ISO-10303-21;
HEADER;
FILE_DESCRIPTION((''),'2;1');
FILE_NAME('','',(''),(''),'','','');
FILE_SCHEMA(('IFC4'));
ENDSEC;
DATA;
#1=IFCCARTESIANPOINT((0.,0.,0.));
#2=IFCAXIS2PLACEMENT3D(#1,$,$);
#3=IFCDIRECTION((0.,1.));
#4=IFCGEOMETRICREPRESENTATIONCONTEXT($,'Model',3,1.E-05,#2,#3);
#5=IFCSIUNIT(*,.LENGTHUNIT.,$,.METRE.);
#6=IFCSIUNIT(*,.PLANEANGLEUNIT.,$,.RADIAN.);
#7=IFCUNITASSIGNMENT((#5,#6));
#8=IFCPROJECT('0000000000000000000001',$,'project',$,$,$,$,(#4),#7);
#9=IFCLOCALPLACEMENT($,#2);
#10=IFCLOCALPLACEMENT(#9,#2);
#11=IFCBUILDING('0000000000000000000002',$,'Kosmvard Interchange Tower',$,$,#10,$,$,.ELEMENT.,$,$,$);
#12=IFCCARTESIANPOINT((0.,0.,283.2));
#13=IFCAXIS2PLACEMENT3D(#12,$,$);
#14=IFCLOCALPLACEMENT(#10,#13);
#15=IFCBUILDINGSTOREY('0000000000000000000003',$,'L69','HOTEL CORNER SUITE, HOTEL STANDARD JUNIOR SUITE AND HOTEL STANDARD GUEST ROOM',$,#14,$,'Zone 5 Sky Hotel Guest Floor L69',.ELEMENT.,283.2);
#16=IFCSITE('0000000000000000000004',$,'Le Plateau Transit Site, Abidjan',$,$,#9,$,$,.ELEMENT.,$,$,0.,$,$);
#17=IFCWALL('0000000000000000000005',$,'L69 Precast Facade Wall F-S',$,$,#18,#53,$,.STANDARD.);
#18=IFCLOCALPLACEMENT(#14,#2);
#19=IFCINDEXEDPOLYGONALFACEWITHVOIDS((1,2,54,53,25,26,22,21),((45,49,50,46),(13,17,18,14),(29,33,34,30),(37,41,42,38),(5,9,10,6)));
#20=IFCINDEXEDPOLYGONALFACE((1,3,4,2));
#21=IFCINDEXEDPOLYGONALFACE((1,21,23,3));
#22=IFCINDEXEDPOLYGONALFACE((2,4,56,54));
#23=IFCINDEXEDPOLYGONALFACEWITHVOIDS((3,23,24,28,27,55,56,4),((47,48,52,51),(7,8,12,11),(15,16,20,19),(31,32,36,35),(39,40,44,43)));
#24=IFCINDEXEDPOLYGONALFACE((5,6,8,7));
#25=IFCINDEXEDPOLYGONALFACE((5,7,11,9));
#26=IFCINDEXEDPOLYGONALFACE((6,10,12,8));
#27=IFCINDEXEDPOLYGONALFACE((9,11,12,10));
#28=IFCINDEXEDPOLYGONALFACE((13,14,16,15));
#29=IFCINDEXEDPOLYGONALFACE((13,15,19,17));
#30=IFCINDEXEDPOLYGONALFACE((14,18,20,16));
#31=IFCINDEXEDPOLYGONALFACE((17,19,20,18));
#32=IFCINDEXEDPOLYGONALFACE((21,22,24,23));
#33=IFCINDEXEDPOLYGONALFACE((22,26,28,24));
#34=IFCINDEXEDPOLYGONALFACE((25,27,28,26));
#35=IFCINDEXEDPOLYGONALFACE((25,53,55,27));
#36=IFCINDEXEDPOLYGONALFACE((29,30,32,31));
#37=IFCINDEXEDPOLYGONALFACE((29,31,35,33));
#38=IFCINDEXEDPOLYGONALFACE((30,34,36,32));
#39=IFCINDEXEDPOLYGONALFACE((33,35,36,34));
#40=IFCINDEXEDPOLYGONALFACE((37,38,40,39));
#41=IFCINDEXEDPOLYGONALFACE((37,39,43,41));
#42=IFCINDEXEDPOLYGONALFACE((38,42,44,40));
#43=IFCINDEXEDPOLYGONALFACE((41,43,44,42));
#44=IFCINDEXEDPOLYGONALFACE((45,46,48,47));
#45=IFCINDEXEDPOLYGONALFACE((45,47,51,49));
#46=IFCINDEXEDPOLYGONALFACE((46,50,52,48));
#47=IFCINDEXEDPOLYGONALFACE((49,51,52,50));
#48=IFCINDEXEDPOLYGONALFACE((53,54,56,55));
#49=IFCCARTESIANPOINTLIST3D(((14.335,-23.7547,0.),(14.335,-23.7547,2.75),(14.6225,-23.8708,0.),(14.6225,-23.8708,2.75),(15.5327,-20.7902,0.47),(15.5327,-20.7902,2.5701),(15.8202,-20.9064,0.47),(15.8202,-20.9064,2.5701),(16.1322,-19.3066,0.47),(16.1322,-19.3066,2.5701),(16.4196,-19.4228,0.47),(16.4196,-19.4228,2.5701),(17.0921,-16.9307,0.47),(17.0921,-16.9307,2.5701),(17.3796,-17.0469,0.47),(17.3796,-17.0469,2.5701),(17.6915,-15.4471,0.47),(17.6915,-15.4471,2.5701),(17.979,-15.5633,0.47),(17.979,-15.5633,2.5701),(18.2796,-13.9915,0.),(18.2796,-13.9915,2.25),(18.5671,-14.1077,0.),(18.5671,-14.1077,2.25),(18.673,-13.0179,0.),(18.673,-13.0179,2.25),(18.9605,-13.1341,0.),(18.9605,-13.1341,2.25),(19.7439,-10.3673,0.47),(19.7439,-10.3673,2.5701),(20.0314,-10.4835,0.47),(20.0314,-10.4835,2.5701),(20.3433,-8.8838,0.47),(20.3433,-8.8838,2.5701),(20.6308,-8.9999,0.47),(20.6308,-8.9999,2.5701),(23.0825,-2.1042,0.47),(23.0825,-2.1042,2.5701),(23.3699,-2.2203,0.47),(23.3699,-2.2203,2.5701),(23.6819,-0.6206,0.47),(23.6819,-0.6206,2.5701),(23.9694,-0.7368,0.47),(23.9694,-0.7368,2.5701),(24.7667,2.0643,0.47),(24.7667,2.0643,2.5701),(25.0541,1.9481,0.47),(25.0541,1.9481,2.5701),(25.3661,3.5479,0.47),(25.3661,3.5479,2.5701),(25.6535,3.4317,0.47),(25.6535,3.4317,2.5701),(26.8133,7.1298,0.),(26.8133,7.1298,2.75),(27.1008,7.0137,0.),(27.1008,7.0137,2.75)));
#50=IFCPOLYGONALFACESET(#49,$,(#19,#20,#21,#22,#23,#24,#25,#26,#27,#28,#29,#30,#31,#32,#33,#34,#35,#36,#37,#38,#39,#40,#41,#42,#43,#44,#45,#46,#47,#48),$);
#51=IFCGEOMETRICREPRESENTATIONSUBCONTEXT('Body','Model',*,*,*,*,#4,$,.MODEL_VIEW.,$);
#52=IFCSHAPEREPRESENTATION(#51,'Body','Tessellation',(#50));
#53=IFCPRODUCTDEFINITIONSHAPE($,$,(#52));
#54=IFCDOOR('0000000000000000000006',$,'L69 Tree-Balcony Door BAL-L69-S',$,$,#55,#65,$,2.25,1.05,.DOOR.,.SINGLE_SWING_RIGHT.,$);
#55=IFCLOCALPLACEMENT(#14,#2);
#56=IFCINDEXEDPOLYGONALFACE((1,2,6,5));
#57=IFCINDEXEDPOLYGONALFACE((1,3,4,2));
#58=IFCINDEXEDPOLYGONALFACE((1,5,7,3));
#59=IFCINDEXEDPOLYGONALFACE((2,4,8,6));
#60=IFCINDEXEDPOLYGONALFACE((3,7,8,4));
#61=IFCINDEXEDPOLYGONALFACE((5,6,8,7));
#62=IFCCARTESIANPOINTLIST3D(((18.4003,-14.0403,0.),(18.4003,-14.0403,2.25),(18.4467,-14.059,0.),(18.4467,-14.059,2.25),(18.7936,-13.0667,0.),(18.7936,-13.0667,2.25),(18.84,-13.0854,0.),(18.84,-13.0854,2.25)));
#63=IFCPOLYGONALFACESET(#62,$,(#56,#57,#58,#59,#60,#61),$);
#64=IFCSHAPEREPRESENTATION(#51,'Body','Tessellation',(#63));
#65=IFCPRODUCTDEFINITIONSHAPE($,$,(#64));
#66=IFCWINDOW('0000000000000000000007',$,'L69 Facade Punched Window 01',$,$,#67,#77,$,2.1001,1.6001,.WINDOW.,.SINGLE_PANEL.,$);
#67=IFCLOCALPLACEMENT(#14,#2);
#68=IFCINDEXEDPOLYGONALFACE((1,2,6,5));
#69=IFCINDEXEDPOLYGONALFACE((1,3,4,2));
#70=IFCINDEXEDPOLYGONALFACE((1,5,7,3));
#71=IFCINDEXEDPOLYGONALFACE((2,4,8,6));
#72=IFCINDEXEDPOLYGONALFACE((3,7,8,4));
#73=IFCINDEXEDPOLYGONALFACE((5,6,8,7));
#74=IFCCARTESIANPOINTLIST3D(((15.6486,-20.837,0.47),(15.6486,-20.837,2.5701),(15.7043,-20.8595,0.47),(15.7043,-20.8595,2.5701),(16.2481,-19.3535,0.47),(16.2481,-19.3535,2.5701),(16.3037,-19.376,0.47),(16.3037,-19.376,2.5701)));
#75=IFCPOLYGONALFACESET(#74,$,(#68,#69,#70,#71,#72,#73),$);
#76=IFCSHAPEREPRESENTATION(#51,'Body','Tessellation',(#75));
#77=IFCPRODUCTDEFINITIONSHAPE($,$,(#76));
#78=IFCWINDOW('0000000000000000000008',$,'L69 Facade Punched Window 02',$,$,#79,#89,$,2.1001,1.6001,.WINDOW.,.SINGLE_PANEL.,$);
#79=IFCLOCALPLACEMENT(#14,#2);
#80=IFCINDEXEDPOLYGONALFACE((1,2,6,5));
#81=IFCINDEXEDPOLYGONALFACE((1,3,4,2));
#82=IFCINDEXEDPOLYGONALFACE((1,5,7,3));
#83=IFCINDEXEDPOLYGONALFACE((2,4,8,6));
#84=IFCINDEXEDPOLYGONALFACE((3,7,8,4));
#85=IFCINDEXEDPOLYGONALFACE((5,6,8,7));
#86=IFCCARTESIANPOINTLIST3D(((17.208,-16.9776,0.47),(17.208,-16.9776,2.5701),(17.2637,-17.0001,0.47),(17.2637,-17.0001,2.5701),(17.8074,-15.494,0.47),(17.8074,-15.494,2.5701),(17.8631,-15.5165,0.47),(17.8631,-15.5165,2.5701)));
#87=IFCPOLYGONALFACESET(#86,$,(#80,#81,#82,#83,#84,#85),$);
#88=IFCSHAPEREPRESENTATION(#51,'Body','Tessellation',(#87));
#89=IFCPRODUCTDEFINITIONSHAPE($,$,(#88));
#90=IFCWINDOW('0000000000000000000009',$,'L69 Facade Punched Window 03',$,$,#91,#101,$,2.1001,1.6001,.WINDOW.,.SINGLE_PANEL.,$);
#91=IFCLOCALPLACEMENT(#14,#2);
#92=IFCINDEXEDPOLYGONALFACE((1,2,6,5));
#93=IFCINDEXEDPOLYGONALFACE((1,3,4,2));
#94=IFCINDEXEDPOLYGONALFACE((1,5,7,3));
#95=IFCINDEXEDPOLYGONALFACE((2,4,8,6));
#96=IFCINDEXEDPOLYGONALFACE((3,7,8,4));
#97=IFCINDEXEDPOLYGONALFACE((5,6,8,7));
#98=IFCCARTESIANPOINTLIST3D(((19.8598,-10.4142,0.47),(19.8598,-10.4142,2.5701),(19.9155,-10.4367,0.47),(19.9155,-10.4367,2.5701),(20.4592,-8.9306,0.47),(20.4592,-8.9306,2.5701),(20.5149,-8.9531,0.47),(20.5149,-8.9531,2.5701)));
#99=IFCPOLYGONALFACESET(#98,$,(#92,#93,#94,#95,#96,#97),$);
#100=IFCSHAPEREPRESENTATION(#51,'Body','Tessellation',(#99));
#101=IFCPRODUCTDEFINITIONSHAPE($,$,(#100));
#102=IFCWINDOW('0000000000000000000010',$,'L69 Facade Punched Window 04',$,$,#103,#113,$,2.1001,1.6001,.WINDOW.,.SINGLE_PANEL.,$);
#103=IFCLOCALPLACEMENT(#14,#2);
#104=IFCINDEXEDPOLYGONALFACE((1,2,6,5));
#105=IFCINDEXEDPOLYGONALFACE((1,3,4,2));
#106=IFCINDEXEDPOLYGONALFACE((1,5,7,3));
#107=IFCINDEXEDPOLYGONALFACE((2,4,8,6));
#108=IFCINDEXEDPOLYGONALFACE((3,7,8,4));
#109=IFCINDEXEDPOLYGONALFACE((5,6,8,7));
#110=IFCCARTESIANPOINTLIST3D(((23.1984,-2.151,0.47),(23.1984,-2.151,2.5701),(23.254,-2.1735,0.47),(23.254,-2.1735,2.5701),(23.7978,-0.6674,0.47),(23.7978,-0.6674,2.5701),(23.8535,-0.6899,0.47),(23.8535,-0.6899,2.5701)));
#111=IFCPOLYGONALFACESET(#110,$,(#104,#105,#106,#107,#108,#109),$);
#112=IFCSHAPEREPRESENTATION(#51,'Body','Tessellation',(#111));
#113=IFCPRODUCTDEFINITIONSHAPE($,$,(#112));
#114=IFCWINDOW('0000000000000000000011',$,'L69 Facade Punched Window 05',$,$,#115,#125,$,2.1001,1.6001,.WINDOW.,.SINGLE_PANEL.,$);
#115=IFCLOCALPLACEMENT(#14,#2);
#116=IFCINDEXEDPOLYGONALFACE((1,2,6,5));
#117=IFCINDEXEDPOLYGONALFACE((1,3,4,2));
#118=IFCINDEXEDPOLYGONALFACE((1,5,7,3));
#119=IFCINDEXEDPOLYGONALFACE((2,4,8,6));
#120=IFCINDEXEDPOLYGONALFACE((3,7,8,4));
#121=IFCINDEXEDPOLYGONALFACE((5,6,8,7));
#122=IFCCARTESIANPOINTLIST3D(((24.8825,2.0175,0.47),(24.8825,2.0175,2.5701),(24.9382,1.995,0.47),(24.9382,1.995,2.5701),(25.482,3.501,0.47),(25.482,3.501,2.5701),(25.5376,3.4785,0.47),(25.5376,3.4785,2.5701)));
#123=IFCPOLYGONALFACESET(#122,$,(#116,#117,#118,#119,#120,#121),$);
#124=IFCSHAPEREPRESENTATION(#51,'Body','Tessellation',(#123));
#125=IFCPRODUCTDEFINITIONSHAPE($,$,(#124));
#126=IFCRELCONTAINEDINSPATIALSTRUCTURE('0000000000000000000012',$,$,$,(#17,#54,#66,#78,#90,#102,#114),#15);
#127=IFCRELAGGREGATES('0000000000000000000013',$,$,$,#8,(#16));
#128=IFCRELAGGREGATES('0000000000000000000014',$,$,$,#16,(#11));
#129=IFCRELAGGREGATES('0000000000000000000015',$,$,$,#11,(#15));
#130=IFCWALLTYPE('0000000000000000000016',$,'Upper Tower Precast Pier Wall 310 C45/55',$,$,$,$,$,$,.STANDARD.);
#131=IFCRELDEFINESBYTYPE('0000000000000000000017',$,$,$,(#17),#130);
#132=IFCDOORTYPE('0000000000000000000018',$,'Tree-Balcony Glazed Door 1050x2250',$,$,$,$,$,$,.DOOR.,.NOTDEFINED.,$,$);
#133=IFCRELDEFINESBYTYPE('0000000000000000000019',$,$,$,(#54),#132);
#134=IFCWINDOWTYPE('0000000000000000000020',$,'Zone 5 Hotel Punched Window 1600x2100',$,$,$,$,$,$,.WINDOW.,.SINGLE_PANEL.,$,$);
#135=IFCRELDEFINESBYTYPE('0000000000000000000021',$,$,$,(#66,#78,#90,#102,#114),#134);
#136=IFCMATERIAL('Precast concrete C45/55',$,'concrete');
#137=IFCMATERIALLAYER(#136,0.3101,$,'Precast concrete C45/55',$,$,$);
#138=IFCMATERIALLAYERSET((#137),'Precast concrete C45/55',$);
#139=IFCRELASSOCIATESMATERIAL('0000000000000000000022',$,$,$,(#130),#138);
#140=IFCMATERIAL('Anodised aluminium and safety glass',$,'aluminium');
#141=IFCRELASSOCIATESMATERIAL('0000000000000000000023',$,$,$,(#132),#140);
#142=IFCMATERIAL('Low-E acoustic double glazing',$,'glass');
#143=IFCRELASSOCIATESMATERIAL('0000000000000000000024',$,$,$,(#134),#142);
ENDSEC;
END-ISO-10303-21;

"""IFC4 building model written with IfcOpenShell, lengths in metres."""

from ifc_helpers import new_model, si_unit, direction, frame, frame_2d, origin, place, context, subcontext, project, spatial, rectangle, extrude, source, transform, mapped, material, layer, layer_set, type_object, element, fill, save


model = new_model("IFC4")

# Units and contexts
model_context = context("Model", 3, precision=1e-05, world=origin(), true_north=direction((0.0, 1.0)))
body_context = subcontext(model_context, "Body", "Model", "MODEL_VIEW")
ifc_project = project(units=[si_unit("LENGTHUNIT", "METRE"), si_unit("PLANEANGLEUNIT", "RADIAN")], contexts=[model_context])

# Site, building, storey
site_placement = place(None, origin())
site = spatial("IfcSite", under=ifc_project, at=site_placement, Name="Le Plateau Transit Site, Abidjan", CompositionType="ELEMENT", RefElevation=0.0)
building_placement = place(site_placement, origin())
building = spatial("IfcBuilding", under=site, at=building_placement, Name="Kosmvard Interchange Tower", CompositionType="ELEMENT")
storey_placement = place(building_placement, frame((0.0, 0.0, 283.2)))
storey = spatial("IfcBuildingStorey", under=building, at=storey_placement, Name="L69", Description="HOTEL CORNER SUITE, HOTEL STANDARD JUNIOR SUITE AND HOTEL STANDARD GUEST ROOM", LongName="Zone 5 Sky Hotel Guest Floor L69", CompositionType="ELEMENT", Elevation=283.2)

# Wall, openings, door, windows
ifc_material_1 = material(Name="Precast concrete C45/55", Category="concrete")
ifc_layer_1 = layer(ifc_material_1, 0.3101, Name="Precast concrete C45/55")
ifc_layer_set_1 = layer_set([ifc_layer_1], Name="Precast concrete C45/55")
wall_type = type_object("IfcWallType", Name="Upper Tower Precast Pier Wall 310 C45/55", PredefinedType="STANDARD", material=ifc_layer_set_1)
wall_placement = place(storey_placement, frame((14.4788, -23.8127, 0.0), z_axis=(0.0, 0.0, 1.0), x_axis=(0.37461, 0.927183, 0.0)))
wall = element("IfcWall", 1, at=wall_placement, inside=storey, type_object=wall_type, Name="L69 Precast Facade Wall F-S", PredefinedType="STANDARD", context=body_context, shape_type="SweptSolid", body=[
    extrude(rectangle(XDim=33.3101, YDim=0.3101, at=frame_2d((16.655, 0.0))), origin(), (0.0, 0.0, 1.0), 2.75),
])
opening_1_placement = place(wall_placement, frame((10.53, 0.0, 0.0)))
opening_1 = element("IfcOpeningElement", 2, at=opening_1_placement, cuts=wall, PredefinedType="OPENING", context=body_context, shape_type="SweptSolid", body=[
    extrude(rectangle(XDim=1.05, YDim=2.25, at=frame_2d((0.5249, 1.125))), frame((0.0, 0.165, 0.0), z_axis=(0.0, -1.0, 0.0), x_axis=(1.0, 0.0, 0.0)), (0.0, 0.0, 1.0), 0.3301),
])
opening_2_placement = place(wall_placement, frame((3.1973, 0.0, 0.47)))
opening_2 = element("IfcOpeningElement", 3, at=opening_2_placement, cuts=wall, PredefinedType="OPENING", context=body_context, shape_type="SweptSolid", body=[
    extrude(rectangle(XDim=1.6001, YDim=2.1001, at=frame_2d((0.8, 1.05))), frame((0.0, 0.165, 0.0), z_axis=(0.0, -1.0, 0.0), x_axis=(1.0, 0.0, 0.0)), (0.0, 0.0, 1.0), 0.3301),
])
opening_3_placement = place(wall_placement, frame((7.3599, 0.0, 0.47)))
opening_3 = element("IfcOpeningElement", 4, at=opening_3_placement, cuts=wall, PredefinedType="OPENING", context=body_context, shape_type="SweptSolid", body=[
    extrude(rectangle(XDim=1.6001, YDim=2.1001, at=frame_2d((0.8, 1.05))), frame((0.0, 0.165, 0.0), z_axis=(0.0, -1.0, 0.0), x_axis=(1.0, 0.0, 0.0)), (0.0, 0.0, 1.0), 0.3301),
])
opening_4_placement = place(wall_placement, frame((14.4387, 0.0, 0.47)))
opening_4 = element("IfcOpeningElement", 5, at=opening_4_placement, cuts=wall, PredefinedType="OPENING", context=body_context, shape_type="SweptSolid", body=[
    extrude(rectangle(XDim=1.6001, YDim=2.1001, at=frame_2d((0.8, 1.05))), frame((0.0, 0.165, 0.0), z_axis=(0.0, -1.0, 0.0), x_axis=(1.0, 0.0, 0.0)), (0.0, 0.0, 1.0), 0.3301),
])
opening_5_placement = place(wall_placement, frame((23.3508, 0.0, 0.47)))
opening_5 = element("IfcOpeningElement", 6, at=opening_5_placement, cuts=wall, PredefinedType="OPENING", context=body_context, shape_type="SweptSolid", body=[
    extrude(rectangle(XDim=1.6001, YDim=2.1001, at=frame_2d((0.8, 1.05))), frame((0.0, 0.165, 0.0), z_axis=(0.0, -1.0, 0.0), x_axis=(1.0, 0.0, 0.0)), (0.0, 0.0, 1.0), 0.3301),
])
opening_6_placement = place(wall_placement, frame((27.8467, 0.0, 0.47)))
opening_6 = element("IfcOpeningElement", 7, at=opening_6_placement, cuts=wall, PredefinedType="OPENING", context=body_context, shape_type="SweptSolid", body=[
    extrude(rectangle(XDim=1.6001, YDim=2.1001, at=frame_2d((0.8, 1.05))), frame((0.0, 0.165, 0.0), z_axis=(0.0, -1.0, 0.0), x_axis=(1.0, 0.0, 0.0)), (0.0, 0.0, 1.0), 0.3301),
])
ifc_material_2 = material(Name="Anodised aluminium and safety glass", Category="aluminium")
door_type = type_object("IfcDoorType", Name="Tree-Balcony Glazed Door 1050x2250", OperationType="NOTDEFINED", PredefinedType="DOOR", material=ifc_material_2)
shared_shape_1 = source(origin(), body_context, "Body", "SweptSolid", [
    extrude(rectangle(XDim=1.05, YDim=2.25, at=frame_2d((0.5249, 1.125))), frame((0.0, 0.0249, 0.0), z_axis=(0.0, -1.0, 0.0), x_axis=(1.0, 0.0, 0.0)), (0.0, 0.0, 1.0), 0.05),
])
door_placement = place(opening_1_placement, origin())
door = element("IfcDoor", 8, at=door_placement, inside=storey, type_object=door_type, Name="L69 Tree-Balcony Door BAL-L69-S", OperationType="SINGLE_SWING_RIGHT", OverallHeight=2.25, OverallWidth=1.05, PredefinedType="DOOR", context=body_context, shape_type="MappedRepresentation", body=[
    mapped(shared_shape_1, transform((0.0, 0.0, 0.0), scale=1.0)),
])
fill(opening_1, door)
ifc_material_3 = material(Name="Low-E acoustic double glazing", Category="glass")
window_type = type_object("IfcWindowType", Name="Zone 5 Hotel Punched Window 1600x2100", PartitioningType="SINGLE_PANEL", PredefinedType="WINDOW", material=ifc_material_3)
shared_shape_2 = source(origin(), body_context, "Body", "SweptSolid", [
    extrude(rectangle(XDim=1.6001, YDim=2.1001, at=frame_2d((0.8, 1.05))), frame((0.0, 0.03, 0.0), z_axis=(0.0, -1.0, 0.0), x_axis=(1.0, 0.0, 0.0)), (0.0, 0.0, 1.0), 0.0601),
])
window_1_placement = place(opening_2_placement, origin())
window_1 = element("IfcWindow", 9, at=window_1_placement, inside=storey, type_object=window_type, Name="L69 Facade Punched Window 01", OverallHeight=2.1001, OverallWidth=1.6001, PartitioningType="SINGLE_PANEL", PredefinedType="WINDOW", context=body_context, shape_type="MappedRepresentation", body=[
    mapped(shared_shape_2, transform((0.0, 0.0, 0.0), scale=1.0)),
])
fill(opening_2, window_1)
window_2_placement = place(opening_3_placement, origin())
window_2 = element("IfcWindow", 10, at=window_2_placement, inside=storey, type_object=window_type, Name="L69 Facade Punched Window 02", OverallHeight=2.1001, OverallWidth=1.6001, PartitioningType="SINGLE_PANEL", PredefinedType="WINDOW", context=body_context, shape_type="MappedRepresentation", body=[
    mapped(shared_shape_2, transform((0.0, 0.0, 0.0), scale=1.0)),
])
fill(opening_3, window_2)
window_3_placement = place(opening_4_placement, origin())
window_3 = element("IfcWindow", 11, at=window_3_placement, inside=storey, type_object=window_type, Name="L69 Facade Punched Window 03", OverallHeight=2.1001, OverallWidth=1.6001, PartitioningType="SINGLE_PANEL", PredefinedType="WINDOW", context=body_context, shape_type="MappedRepresentation", body=[
    mapped(shared_shape_2, transform((0.0, 0.0, 0.0), scale=1.0)),
])
fill(opening_4, window_3)
window_4_placement = place(opening_5_placement, origin())
window_4 = element("IfcWindow", 12, at=window_4_placement, inside=storey, type_object=window_type, Name="L69 Facade Punched Window 04", OverallHeight=2.1001, OverallWidth=1.6001, PartitioningType="SINGLE_PANEL", PredefinedType="WINDOW", context=body_context, shape_type="MappedRepresentation", body=[
    mapped(shared_shape_2, transform((0.0, 0.0, 0.0), scale=1.0)),
])
fill(opening_5, window_4)
window_5_placement = place(opening_6_placement, origin())
window_5 = element("IfcWindow", 13, at=window_5_placement, inside=storey, type_object=window_type, Name="L69 Facade Punched Window 05", OverallHeight=2.1001, OverallWidth=1.6001, PartitioningType="SINGLE_PANEL", PredefinedType="WINDOW", context=body_context, shape_type="MappedRepresentation", body=[
    mapped(shared_shape_2, transform((0.0, 0.0, 0.0), scale=1.0)),
])
fill(opening_6, window_5)

save(model, "model.ifc")
